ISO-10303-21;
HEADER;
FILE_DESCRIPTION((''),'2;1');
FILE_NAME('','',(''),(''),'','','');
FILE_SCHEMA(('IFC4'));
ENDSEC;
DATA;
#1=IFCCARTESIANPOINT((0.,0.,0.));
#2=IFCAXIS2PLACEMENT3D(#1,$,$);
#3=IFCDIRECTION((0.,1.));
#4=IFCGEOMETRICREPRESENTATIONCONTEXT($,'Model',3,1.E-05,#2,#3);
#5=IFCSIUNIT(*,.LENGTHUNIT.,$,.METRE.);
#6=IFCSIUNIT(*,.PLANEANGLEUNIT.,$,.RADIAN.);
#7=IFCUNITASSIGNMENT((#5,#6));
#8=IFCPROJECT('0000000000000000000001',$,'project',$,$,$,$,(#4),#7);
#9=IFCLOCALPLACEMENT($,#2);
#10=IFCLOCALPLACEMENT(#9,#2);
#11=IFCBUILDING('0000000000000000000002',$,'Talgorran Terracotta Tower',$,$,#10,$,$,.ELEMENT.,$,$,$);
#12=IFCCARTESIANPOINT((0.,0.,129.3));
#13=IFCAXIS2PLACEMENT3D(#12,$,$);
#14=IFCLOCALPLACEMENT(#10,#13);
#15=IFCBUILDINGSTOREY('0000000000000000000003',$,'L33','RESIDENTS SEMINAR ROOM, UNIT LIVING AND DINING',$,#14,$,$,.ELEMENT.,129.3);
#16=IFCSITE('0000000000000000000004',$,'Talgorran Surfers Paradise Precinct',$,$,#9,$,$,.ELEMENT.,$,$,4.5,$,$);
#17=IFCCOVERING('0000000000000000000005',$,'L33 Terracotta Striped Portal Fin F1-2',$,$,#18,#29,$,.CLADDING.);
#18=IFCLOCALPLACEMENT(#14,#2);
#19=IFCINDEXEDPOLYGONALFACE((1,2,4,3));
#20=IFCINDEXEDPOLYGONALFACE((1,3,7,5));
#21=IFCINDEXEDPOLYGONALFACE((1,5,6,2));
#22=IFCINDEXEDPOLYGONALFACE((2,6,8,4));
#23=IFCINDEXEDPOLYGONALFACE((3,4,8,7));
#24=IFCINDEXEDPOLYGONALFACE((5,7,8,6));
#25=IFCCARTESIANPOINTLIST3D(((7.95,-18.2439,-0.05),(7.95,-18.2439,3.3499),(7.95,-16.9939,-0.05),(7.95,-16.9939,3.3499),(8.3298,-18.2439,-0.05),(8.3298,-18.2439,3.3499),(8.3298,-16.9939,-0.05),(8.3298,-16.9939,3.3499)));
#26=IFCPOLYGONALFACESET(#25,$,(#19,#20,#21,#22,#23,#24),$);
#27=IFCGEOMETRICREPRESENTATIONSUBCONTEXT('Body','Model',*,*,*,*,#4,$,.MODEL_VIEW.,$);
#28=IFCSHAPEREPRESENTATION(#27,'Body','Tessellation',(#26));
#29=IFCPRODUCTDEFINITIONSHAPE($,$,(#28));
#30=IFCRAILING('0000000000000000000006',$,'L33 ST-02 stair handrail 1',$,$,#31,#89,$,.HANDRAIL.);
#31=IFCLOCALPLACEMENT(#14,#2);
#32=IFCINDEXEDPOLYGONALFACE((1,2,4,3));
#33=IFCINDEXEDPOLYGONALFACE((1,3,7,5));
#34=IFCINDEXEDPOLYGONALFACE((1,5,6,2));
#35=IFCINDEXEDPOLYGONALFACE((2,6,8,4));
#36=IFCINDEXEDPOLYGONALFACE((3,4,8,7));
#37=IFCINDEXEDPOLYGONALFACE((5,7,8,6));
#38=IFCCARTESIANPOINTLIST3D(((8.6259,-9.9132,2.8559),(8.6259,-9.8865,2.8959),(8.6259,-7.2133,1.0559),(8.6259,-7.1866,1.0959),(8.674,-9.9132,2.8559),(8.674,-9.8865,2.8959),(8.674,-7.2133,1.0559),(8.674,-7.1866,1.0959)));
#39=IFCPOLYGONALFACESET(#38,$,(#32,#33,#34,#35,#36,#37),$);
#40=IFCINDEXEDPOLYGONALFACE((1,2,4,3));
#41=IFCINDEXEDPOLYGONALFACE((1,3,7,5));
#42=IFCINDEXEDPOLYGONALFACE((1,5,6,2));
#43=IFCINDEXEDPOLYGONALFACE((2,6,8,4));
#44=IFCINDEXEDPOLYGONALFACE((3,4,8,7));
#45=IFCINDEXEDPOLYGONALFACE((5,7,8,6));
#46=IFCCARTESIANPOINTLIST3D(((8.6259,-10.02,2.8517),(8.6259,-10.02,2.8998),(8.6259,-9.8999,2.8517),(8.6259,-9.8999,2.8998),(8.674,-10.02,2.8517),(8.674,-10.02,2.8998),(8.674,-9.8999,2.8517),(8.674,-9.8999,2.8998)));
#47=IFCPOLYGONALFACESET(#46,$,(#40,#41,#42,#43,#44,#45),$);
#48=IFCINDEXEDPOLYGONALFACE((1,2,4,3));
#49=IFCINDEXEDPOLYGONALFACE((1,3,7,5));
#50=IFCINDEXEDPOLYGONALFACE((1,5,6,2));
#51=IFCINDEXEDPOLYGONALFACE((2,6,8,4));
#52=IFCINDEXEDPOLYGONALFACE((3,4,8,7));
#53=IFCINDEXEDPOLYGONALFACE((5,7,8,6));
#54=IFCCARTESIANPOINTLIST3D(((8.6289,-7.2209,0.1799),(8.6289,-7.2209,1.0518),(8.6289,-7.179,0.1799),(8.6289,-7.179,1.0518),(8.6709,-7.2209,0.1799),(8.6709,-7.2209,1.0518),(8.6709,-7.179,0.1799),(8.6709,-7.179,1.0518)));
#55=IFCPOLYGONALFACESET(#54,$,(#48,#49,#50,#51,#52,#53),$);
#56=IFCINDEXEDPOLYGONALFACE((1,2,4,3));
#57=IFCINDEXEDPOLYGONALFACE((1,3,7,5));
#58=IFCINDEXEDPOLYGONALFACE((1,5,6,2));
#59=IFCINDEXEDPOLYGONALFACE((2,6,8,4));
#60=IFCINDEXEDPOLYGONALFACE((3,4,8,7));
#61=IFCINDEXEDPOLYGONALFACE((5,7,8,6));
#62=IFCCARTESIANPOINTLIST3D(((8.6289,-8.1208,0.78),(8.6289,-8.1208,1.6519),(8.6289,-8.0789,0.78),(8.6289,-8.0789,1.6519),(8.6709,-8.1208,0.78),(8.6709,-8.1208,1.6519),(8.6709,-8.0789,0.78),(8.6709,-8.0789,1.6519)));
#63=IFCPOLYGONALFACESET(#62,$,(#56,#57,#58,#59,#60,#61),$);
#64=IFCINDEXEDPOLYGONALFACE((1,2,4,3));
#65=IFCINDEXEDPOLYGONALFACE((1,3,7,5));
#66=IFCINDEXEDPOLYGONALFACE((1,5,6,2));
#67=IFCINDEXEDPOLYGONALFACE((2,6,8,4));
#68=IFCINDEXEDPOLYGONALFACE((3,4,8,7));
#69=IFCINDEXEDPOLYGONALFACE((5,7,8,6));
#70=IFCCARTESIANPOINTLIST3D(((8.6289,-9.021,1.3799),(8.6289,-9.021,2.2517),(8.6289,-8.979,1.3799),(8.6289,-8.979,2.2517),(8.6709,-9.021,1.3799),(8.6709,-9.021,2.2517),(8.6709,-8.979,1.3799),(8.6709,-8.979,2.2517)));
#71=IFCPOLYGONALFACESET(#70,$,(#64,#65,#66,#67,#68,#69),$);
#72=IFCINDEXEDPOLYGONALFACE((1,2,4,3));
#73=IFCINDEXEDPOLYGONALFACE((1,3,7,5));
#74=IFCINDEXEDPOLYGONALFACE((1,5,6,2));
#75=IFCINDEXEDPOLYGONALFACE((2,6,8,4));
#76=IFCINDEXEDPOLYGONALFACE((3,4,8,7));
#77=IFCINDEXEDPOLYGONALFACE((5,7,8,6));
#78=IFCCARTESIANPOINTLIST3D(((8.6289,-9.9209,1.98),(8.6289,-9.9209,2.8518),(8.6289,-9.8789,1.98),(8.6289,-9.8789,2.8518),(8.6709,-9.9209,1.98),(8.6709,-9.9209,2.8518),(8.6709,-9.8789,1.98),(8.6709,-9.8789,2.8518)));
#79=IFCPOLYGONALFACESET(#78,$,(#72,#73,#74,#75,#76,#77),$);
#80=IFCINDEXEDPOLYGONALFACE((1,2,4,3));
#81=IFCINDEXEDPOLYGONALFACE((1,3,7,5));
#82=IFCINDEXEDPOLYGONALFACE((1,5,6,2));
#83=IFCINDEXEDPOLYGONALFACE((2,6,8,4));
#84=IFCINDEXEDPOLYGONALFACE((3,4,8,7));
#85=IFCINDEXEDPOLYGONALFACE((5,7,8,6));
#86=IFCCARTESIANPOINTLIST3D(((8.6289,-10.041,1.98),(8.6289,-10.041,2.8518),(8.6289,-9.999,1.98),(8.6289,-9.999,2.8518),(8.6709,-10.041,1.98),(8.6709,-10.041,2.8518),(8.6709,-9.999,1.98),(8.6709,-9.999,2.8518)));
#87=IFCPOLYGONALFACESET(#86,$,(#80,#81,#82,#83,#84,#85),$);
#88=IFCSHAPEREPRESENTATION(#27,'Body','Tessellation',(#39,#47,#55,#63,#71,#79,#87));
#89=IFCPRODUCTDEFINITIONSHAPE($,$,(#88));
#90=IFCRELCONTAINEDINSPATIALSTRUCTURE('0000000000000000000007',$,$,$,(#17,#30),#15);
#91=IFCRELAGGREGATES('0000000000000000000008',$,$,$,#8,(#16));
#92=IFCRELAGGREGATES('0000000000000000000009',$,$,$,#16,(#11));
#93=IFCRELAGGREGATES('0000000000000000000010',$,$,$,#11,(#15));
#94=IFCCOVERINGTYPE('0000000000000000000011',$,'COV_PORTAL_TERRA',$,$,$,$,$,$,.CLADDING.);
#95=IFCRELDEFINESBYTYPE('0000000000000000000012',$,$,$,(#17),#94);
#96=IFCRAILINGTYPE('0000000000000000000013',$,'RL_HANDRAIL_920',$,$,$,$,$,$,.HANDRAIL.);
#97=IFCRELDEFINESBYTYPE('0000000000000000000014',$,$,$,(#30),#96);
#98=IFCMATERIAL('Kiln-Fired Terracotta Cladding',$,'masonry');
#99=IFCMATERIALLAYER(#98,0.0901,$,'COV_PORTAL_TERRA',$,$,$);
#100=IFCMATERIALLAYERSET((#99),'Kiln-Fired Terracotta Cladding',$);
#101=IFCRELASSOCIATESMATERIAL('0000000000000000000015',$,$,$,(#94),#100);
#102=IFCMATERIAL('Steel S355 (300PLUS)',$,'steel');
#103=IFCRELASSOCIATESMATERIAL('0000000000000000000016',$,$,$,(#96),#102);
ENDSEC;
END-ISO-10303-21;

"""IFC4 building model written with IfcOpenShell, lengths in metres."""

from ifc_helpers import new_model, si_unit, direction, frame, origin, origin_2d, place, context, subcontext, project, spatial, rectangle, extrude, material, layer, layer_set, type_object, element, save


model = new_model("IFC4")

# Units and contexts
model_context = context("Model", 3, precision=1e-05, world=origin(), true_north=direction((0.0, 1.0)))
body_context = subcontext(model_context, "Body", "Model", "MODEL_VIEW")
ifc_project = project(units=[si_unit("LENGTHUNIT", "METRE"), si_unit("PLANEANGLEUNIT", "RADIAN")], contexts=[model_context])

# Site, building, storey
site_placement = place(None, origin())
site = spatial("IfcSite", under=ifc_project, at=site_placement, Name="Talgorran Surfers Paradise Precinct", CompositionType="ELEMENT", RefElevation=4.5)
building_placement = place(site_placement, origin())
building = spatial("IfcBuilding", under=site, at=building_placement, Name="Talgorran Terracotta Tower", CompositionType="ELEMENT")
storey_placement = place(building_placement, frame((0.0, 0.0, 129.3)))
storey = spatial("IfcBuildingStorey", under=building, at=storey_placement, Name="L33", Description="RESIDENTS SEMINAR ROOM, UNIT LIVING AND DINING", CompositionType="ELEMENT", Elevation=129.3)

# Covering
ifc_material_1 = material(Name="Kiln-Fired Terracotta Cladding", Category="masonry")
ifc_layer_1 = layer(ifc_material_1, 0.0901, Name="COV_PORTAL_TERRA")
ifc_layer_set_1 = layer_set([ifc_layer_1], Name="Kiln-Fired Terracotta Cladding")
covering_type_1 = type_object("IfcCoveringType", Name="COV_PORTAL_TERRA", PredefinedType="CLADDING", material=ifc_layer_set_1)
covering_1_placement = place(storey_placement, frame((8.1399, -17.6189, -0.05), z_axis=(0.0, 0.0, 1.0), x_axis=(1.0, 0.0, 0.0)))
element("IfcCovering", 1, at=covering_1_placement, inside=storey, type_object=covering_type_1, Name="L33 Terracotta Striped Portal Fin F1-2", PredefinedType="CLADDING", context=body_context, shape_type="SweptSolid", body=[
    extrude(rectangle(XDim=0.3799, YDim=1.25, at=origin_2d()), origin(), (0.0, 0.0, 1.0), 3.3999),
])

# Railing
ifc_material_2 = material(Name="Steel S355 (300PLUS)", Category="steel")
railing_type = type_object("IfcRailingType", Name="RL_HANDRAIL_920", PredefinedType="HANDRAIL", material=ifc_material_2)
railing_placement = place(storey_placement, frame((8.6499, -7.2, 0.1799)))
element("IfcRailing", 2, at=railing_placement, inside=storey, type_object=railing_type, Name="L33 ST-02 stair handrail 1", PredefinedType="HANDRAIL", context=body_context, shape_type="SweptSolid", body=[
    extrude(rectangle(XDim=0.0481, YDim=0.0481, at=origin_2d()), frame((0.0, 0.0, 0.896), z_axis=(0.0, -0.832039, 0.554718), x_axis=(1.0, 0.0, 0.0)), (0.0, 0.0, 1.0), 3.2449),
    extrude(rectangle(XDim=0.0481, YDim=0.0481, at=origin_2d()), frame((0.0, -2.7, 2.6958), z_axis=(0.0, -1.0, 0.0), x_axis=(1.0, 0.0, 0.0)), (0.0, 0.0, 1.0), 0.1201),
    extrude(rectangle(XDim=0.042, YDim=0.042, at=origin_2d()), origin(), (0.0, 0.0, 1.0), 0.8718),
    extrude(rectangle(XDim=0.042, YDim=0.042, at=origin_2d()), frame((0.0, -0.8999, 0.6001)), (0.0, 0.0, 1.0), 0.8718),
    extrude(rectangle(XDim=0.042, YDim=0.042, at=origin_2d()), frame((0.0, -1.8, 1.2)), (0.0, 0.0, 1.0), 0.8718),
    extrude(rectangle(XDim=0.042, YDim=0.042, at=origin_2d()), frame((0.0, -2.7, 1.8)), (0.0, 0.0, 1.0), 0.8718),
    extrude(rectangle(XDim=0.042, YDim=0.042, at=origin_2d()), frame((0.0, -2.8201, 1.8)), (0.0, 0.0, 1.0), 0.8718),
])

save(model, "model.ifc")
